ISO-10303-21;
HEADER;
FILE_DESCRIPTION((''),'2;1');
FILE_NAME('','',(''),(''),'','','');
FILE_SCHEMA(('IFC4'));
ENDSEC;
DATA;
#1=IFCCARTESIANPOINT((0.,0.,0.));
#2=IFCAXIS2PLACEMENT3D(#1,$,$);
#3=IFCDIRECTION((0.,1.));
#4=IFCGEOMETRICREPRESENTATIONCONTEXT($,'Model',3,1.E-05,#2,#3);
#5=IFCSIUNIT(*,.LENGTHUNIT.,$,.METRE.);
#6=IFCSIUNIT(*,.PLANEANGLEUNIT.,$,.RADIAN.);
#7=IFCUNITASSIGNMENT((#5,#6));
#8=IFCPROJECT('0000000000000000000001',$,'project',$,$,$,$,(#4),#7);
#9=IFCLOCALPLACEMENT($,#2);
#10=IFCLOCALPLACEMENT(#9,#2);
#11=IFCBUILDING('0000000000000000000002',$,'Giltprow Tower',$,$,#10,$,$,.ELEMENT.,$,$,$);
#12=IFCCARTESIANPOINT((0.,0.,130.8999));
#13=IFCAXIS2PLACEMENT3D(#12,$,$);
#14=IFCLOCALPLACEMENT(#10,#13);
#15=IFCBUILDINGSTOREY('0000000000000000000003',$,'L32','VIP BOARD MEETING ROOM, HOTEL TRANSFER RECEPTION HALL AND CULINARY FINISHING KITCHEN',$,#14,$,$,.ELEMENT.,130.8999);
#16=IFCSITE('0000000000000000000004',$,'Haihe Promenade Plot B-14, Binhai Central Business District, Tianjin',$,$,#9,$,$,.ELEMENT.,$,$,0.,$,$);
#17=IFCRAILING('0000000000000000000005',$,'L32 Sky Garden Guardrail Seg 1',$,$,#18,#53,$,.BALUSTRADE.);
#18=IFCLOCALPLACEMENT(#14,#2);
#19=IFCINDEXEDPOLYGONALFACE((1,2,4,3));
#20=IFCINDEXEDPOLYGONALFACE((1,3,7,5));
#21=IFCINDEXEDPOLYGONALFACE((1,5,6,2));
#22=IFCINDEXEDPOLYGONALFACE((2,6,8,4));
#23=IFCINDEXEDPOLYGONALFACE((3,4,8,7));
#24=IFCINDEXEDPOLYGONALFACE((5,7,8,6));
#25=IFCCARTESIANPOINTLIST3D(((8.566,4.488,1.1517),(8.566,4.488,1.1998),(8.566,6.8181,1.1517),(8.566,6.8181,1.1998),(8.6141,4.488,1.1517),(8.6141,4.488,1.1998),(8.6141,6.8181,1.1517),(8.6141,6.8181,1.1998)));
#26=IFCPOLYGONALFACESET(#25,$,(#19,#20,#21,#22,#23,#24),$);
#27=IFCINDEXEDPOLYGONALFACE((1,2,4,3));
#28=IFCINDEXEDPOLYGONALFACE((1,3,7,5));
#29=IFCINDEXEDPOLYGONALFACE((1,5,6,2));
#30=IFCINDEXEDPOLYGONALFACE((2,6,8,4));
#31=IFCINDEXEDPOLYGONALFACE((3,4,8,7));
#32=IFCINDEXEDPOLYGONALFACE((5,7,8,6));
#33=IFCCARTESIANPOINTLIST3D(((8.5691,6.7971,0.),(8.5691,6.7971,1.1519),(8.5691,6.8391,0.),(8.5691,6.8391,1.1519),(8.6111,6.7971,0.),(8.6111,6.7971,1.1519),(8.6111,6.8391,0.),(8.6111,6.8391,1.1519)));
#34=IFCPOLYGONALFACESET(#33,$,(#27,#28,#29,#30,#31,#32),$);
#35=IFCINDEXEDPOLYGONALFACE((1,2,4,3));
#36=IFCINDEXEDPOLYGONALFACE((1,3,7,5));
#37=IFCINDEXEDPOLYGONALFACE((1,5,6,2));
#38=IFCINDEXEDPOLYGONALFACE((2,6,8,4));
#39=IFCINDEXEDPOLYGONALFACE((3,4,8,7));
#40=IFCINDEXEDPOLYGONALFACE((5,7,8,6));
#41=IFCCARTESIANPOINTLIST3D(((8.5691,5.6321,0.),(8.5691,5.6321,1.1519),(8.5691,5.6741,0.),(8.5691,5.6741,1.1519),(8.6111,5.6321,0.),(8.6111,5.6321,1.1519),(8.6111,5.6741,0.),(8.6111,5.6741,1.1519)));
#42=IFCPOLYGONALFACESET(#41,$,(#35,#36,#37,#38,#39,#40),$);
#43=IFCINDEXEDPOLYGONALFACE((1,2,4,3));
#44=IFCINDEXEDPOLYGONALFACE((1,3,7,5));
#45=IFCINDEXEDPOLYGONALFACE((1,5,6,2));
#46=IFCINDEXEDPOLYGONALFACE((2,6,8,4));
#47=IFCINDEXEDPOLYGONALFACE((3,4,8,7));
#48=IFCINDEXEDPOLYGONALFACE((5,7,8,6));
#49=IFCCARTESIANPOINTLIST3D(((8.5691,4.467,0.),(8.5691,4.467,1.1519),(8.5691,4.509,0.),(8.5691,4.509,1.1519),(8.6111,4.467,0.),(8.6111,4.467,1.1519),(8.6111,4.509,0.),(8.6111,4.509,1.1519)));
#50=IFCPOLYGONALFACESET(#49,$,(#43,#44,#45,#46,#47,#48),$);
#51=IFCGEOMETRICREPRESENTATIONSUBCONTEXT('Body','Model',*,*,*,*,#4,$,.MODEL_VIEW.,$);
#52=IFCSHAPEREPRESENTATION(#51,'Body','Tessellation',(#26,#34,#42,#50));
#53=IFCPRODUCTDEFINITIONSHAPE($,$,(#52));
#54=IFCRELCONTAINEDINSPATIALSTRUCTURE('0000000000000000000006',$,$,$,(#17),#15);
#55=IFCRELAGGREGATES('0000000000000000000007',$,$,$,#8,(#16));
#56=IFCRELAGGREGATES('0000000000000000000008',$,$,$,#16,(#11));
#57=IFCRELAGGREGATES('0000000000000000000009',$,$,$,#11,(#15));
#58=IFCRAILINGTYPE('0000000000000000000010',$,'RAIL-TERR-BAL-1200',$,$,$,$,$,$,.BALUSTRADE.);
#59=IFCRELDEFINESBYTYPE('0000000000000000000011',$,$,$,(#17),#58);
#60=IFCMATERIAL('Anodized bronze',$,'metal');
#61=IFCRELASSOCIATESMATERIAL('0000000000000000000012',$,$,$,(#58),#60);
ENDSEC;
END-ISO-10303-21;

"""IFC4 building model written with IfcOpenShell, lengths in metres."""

from ifc_helpers import new_model, si_unit, direction, frame, origin, origin_2d, place, context, subcontext, project, spatial, rectangle, extrude, material, type_object, element, save


model = new_model("IFC4")

# Units and contexts
model_context = context("Model", 3, precision=1e-05, world=origin(), true_north=direction((0.0, 1.0)))
body_context = subcontext(model_context, "Body", "Model", "MODEL_VIEW")
ifc_project = project(units=[si_unit("LENGTHUNIT", "METRE"), si_unit("PLANEANGLEUNIT", "RADIAN")], contexts=[model_context])

# Site, building, storey
site_placement = place(None, origin())
site = spatial("IfcSite", under=ifc_project, at=site_placement, Name="Haihe Promenade Plot B-14, Binhai Central Business District, Tianjin", CompositionType="ELEMENT", RefElevation=0.0)
building_placement = place(site_placement, origin())
building = spatial("IfcBuilding", under=site, at=building_placement, Name="Giltprow Tower", CompositionType="ELEMENT")
storey_placement = place(building_placement, frame((0.0, 0.0, 130.8999)))
storey = spatial("IfcBuildingStorey", under=building, at=storey_placement, Name="L32", Description="VIP BOARD MEETING ROOM, HOTEL TRANSFER RECEPTION HALL AND CULINARY FINISHING KITCHEN", CompositionType="ELEMENT", Elevation=130.8999)

# Shared definitions
ifc_material_1 = material(Name="Anodized bronze", Category="metal")

# Railing
railing_type = type_object("IfcRailingType", Name="RAIL-TERR-BAL-1200", PredefinedType="BALUSTRADE", material=ifc_material_1)
railing_1_placement = place(storey_placement, frame((8.5901, 6.8181, 0.0)))
element("IfcRailing", 1, at=railing_1_placement, inside=storey, type_object=railing_type, Name="L32 Sky Garden Guardrail Seg 1", PredefinedType="BALUSTRADE", context=body_context, shape_type="SweptSolid", body=[
    extrude(rectangle(XDim=0.0481, YDim=0.0481, at=origin_2d()), frame((0.0, 0.0, 1.1758), z_axis=(0.0, -1.0, 0.0), x_axis=(1.0, 0.0, 0.0)), (0.0, 0.0, 1.0), 2.3301),
    extrude(rectangle(XDim=0.042, YDim=0.042, at=origin_2d()), origin(), (0.0, 0.0, 1.0), 1.1519),
    extrude(rectangle(XDim=0.042, YDim=0.042, at=origin_2d()), frame((0.0, -1.165, 0.0)), (0.0, 0.0, 1.0), 1.1519),
    extrude(rectangle(XDim=0.042, YDim=0.042, at=origin_2d()), frame((0.0, -2.3301, 0.0)), (0.0, 0.0, 1.0), 1.1519),
])

save(model, "model.ifc")
